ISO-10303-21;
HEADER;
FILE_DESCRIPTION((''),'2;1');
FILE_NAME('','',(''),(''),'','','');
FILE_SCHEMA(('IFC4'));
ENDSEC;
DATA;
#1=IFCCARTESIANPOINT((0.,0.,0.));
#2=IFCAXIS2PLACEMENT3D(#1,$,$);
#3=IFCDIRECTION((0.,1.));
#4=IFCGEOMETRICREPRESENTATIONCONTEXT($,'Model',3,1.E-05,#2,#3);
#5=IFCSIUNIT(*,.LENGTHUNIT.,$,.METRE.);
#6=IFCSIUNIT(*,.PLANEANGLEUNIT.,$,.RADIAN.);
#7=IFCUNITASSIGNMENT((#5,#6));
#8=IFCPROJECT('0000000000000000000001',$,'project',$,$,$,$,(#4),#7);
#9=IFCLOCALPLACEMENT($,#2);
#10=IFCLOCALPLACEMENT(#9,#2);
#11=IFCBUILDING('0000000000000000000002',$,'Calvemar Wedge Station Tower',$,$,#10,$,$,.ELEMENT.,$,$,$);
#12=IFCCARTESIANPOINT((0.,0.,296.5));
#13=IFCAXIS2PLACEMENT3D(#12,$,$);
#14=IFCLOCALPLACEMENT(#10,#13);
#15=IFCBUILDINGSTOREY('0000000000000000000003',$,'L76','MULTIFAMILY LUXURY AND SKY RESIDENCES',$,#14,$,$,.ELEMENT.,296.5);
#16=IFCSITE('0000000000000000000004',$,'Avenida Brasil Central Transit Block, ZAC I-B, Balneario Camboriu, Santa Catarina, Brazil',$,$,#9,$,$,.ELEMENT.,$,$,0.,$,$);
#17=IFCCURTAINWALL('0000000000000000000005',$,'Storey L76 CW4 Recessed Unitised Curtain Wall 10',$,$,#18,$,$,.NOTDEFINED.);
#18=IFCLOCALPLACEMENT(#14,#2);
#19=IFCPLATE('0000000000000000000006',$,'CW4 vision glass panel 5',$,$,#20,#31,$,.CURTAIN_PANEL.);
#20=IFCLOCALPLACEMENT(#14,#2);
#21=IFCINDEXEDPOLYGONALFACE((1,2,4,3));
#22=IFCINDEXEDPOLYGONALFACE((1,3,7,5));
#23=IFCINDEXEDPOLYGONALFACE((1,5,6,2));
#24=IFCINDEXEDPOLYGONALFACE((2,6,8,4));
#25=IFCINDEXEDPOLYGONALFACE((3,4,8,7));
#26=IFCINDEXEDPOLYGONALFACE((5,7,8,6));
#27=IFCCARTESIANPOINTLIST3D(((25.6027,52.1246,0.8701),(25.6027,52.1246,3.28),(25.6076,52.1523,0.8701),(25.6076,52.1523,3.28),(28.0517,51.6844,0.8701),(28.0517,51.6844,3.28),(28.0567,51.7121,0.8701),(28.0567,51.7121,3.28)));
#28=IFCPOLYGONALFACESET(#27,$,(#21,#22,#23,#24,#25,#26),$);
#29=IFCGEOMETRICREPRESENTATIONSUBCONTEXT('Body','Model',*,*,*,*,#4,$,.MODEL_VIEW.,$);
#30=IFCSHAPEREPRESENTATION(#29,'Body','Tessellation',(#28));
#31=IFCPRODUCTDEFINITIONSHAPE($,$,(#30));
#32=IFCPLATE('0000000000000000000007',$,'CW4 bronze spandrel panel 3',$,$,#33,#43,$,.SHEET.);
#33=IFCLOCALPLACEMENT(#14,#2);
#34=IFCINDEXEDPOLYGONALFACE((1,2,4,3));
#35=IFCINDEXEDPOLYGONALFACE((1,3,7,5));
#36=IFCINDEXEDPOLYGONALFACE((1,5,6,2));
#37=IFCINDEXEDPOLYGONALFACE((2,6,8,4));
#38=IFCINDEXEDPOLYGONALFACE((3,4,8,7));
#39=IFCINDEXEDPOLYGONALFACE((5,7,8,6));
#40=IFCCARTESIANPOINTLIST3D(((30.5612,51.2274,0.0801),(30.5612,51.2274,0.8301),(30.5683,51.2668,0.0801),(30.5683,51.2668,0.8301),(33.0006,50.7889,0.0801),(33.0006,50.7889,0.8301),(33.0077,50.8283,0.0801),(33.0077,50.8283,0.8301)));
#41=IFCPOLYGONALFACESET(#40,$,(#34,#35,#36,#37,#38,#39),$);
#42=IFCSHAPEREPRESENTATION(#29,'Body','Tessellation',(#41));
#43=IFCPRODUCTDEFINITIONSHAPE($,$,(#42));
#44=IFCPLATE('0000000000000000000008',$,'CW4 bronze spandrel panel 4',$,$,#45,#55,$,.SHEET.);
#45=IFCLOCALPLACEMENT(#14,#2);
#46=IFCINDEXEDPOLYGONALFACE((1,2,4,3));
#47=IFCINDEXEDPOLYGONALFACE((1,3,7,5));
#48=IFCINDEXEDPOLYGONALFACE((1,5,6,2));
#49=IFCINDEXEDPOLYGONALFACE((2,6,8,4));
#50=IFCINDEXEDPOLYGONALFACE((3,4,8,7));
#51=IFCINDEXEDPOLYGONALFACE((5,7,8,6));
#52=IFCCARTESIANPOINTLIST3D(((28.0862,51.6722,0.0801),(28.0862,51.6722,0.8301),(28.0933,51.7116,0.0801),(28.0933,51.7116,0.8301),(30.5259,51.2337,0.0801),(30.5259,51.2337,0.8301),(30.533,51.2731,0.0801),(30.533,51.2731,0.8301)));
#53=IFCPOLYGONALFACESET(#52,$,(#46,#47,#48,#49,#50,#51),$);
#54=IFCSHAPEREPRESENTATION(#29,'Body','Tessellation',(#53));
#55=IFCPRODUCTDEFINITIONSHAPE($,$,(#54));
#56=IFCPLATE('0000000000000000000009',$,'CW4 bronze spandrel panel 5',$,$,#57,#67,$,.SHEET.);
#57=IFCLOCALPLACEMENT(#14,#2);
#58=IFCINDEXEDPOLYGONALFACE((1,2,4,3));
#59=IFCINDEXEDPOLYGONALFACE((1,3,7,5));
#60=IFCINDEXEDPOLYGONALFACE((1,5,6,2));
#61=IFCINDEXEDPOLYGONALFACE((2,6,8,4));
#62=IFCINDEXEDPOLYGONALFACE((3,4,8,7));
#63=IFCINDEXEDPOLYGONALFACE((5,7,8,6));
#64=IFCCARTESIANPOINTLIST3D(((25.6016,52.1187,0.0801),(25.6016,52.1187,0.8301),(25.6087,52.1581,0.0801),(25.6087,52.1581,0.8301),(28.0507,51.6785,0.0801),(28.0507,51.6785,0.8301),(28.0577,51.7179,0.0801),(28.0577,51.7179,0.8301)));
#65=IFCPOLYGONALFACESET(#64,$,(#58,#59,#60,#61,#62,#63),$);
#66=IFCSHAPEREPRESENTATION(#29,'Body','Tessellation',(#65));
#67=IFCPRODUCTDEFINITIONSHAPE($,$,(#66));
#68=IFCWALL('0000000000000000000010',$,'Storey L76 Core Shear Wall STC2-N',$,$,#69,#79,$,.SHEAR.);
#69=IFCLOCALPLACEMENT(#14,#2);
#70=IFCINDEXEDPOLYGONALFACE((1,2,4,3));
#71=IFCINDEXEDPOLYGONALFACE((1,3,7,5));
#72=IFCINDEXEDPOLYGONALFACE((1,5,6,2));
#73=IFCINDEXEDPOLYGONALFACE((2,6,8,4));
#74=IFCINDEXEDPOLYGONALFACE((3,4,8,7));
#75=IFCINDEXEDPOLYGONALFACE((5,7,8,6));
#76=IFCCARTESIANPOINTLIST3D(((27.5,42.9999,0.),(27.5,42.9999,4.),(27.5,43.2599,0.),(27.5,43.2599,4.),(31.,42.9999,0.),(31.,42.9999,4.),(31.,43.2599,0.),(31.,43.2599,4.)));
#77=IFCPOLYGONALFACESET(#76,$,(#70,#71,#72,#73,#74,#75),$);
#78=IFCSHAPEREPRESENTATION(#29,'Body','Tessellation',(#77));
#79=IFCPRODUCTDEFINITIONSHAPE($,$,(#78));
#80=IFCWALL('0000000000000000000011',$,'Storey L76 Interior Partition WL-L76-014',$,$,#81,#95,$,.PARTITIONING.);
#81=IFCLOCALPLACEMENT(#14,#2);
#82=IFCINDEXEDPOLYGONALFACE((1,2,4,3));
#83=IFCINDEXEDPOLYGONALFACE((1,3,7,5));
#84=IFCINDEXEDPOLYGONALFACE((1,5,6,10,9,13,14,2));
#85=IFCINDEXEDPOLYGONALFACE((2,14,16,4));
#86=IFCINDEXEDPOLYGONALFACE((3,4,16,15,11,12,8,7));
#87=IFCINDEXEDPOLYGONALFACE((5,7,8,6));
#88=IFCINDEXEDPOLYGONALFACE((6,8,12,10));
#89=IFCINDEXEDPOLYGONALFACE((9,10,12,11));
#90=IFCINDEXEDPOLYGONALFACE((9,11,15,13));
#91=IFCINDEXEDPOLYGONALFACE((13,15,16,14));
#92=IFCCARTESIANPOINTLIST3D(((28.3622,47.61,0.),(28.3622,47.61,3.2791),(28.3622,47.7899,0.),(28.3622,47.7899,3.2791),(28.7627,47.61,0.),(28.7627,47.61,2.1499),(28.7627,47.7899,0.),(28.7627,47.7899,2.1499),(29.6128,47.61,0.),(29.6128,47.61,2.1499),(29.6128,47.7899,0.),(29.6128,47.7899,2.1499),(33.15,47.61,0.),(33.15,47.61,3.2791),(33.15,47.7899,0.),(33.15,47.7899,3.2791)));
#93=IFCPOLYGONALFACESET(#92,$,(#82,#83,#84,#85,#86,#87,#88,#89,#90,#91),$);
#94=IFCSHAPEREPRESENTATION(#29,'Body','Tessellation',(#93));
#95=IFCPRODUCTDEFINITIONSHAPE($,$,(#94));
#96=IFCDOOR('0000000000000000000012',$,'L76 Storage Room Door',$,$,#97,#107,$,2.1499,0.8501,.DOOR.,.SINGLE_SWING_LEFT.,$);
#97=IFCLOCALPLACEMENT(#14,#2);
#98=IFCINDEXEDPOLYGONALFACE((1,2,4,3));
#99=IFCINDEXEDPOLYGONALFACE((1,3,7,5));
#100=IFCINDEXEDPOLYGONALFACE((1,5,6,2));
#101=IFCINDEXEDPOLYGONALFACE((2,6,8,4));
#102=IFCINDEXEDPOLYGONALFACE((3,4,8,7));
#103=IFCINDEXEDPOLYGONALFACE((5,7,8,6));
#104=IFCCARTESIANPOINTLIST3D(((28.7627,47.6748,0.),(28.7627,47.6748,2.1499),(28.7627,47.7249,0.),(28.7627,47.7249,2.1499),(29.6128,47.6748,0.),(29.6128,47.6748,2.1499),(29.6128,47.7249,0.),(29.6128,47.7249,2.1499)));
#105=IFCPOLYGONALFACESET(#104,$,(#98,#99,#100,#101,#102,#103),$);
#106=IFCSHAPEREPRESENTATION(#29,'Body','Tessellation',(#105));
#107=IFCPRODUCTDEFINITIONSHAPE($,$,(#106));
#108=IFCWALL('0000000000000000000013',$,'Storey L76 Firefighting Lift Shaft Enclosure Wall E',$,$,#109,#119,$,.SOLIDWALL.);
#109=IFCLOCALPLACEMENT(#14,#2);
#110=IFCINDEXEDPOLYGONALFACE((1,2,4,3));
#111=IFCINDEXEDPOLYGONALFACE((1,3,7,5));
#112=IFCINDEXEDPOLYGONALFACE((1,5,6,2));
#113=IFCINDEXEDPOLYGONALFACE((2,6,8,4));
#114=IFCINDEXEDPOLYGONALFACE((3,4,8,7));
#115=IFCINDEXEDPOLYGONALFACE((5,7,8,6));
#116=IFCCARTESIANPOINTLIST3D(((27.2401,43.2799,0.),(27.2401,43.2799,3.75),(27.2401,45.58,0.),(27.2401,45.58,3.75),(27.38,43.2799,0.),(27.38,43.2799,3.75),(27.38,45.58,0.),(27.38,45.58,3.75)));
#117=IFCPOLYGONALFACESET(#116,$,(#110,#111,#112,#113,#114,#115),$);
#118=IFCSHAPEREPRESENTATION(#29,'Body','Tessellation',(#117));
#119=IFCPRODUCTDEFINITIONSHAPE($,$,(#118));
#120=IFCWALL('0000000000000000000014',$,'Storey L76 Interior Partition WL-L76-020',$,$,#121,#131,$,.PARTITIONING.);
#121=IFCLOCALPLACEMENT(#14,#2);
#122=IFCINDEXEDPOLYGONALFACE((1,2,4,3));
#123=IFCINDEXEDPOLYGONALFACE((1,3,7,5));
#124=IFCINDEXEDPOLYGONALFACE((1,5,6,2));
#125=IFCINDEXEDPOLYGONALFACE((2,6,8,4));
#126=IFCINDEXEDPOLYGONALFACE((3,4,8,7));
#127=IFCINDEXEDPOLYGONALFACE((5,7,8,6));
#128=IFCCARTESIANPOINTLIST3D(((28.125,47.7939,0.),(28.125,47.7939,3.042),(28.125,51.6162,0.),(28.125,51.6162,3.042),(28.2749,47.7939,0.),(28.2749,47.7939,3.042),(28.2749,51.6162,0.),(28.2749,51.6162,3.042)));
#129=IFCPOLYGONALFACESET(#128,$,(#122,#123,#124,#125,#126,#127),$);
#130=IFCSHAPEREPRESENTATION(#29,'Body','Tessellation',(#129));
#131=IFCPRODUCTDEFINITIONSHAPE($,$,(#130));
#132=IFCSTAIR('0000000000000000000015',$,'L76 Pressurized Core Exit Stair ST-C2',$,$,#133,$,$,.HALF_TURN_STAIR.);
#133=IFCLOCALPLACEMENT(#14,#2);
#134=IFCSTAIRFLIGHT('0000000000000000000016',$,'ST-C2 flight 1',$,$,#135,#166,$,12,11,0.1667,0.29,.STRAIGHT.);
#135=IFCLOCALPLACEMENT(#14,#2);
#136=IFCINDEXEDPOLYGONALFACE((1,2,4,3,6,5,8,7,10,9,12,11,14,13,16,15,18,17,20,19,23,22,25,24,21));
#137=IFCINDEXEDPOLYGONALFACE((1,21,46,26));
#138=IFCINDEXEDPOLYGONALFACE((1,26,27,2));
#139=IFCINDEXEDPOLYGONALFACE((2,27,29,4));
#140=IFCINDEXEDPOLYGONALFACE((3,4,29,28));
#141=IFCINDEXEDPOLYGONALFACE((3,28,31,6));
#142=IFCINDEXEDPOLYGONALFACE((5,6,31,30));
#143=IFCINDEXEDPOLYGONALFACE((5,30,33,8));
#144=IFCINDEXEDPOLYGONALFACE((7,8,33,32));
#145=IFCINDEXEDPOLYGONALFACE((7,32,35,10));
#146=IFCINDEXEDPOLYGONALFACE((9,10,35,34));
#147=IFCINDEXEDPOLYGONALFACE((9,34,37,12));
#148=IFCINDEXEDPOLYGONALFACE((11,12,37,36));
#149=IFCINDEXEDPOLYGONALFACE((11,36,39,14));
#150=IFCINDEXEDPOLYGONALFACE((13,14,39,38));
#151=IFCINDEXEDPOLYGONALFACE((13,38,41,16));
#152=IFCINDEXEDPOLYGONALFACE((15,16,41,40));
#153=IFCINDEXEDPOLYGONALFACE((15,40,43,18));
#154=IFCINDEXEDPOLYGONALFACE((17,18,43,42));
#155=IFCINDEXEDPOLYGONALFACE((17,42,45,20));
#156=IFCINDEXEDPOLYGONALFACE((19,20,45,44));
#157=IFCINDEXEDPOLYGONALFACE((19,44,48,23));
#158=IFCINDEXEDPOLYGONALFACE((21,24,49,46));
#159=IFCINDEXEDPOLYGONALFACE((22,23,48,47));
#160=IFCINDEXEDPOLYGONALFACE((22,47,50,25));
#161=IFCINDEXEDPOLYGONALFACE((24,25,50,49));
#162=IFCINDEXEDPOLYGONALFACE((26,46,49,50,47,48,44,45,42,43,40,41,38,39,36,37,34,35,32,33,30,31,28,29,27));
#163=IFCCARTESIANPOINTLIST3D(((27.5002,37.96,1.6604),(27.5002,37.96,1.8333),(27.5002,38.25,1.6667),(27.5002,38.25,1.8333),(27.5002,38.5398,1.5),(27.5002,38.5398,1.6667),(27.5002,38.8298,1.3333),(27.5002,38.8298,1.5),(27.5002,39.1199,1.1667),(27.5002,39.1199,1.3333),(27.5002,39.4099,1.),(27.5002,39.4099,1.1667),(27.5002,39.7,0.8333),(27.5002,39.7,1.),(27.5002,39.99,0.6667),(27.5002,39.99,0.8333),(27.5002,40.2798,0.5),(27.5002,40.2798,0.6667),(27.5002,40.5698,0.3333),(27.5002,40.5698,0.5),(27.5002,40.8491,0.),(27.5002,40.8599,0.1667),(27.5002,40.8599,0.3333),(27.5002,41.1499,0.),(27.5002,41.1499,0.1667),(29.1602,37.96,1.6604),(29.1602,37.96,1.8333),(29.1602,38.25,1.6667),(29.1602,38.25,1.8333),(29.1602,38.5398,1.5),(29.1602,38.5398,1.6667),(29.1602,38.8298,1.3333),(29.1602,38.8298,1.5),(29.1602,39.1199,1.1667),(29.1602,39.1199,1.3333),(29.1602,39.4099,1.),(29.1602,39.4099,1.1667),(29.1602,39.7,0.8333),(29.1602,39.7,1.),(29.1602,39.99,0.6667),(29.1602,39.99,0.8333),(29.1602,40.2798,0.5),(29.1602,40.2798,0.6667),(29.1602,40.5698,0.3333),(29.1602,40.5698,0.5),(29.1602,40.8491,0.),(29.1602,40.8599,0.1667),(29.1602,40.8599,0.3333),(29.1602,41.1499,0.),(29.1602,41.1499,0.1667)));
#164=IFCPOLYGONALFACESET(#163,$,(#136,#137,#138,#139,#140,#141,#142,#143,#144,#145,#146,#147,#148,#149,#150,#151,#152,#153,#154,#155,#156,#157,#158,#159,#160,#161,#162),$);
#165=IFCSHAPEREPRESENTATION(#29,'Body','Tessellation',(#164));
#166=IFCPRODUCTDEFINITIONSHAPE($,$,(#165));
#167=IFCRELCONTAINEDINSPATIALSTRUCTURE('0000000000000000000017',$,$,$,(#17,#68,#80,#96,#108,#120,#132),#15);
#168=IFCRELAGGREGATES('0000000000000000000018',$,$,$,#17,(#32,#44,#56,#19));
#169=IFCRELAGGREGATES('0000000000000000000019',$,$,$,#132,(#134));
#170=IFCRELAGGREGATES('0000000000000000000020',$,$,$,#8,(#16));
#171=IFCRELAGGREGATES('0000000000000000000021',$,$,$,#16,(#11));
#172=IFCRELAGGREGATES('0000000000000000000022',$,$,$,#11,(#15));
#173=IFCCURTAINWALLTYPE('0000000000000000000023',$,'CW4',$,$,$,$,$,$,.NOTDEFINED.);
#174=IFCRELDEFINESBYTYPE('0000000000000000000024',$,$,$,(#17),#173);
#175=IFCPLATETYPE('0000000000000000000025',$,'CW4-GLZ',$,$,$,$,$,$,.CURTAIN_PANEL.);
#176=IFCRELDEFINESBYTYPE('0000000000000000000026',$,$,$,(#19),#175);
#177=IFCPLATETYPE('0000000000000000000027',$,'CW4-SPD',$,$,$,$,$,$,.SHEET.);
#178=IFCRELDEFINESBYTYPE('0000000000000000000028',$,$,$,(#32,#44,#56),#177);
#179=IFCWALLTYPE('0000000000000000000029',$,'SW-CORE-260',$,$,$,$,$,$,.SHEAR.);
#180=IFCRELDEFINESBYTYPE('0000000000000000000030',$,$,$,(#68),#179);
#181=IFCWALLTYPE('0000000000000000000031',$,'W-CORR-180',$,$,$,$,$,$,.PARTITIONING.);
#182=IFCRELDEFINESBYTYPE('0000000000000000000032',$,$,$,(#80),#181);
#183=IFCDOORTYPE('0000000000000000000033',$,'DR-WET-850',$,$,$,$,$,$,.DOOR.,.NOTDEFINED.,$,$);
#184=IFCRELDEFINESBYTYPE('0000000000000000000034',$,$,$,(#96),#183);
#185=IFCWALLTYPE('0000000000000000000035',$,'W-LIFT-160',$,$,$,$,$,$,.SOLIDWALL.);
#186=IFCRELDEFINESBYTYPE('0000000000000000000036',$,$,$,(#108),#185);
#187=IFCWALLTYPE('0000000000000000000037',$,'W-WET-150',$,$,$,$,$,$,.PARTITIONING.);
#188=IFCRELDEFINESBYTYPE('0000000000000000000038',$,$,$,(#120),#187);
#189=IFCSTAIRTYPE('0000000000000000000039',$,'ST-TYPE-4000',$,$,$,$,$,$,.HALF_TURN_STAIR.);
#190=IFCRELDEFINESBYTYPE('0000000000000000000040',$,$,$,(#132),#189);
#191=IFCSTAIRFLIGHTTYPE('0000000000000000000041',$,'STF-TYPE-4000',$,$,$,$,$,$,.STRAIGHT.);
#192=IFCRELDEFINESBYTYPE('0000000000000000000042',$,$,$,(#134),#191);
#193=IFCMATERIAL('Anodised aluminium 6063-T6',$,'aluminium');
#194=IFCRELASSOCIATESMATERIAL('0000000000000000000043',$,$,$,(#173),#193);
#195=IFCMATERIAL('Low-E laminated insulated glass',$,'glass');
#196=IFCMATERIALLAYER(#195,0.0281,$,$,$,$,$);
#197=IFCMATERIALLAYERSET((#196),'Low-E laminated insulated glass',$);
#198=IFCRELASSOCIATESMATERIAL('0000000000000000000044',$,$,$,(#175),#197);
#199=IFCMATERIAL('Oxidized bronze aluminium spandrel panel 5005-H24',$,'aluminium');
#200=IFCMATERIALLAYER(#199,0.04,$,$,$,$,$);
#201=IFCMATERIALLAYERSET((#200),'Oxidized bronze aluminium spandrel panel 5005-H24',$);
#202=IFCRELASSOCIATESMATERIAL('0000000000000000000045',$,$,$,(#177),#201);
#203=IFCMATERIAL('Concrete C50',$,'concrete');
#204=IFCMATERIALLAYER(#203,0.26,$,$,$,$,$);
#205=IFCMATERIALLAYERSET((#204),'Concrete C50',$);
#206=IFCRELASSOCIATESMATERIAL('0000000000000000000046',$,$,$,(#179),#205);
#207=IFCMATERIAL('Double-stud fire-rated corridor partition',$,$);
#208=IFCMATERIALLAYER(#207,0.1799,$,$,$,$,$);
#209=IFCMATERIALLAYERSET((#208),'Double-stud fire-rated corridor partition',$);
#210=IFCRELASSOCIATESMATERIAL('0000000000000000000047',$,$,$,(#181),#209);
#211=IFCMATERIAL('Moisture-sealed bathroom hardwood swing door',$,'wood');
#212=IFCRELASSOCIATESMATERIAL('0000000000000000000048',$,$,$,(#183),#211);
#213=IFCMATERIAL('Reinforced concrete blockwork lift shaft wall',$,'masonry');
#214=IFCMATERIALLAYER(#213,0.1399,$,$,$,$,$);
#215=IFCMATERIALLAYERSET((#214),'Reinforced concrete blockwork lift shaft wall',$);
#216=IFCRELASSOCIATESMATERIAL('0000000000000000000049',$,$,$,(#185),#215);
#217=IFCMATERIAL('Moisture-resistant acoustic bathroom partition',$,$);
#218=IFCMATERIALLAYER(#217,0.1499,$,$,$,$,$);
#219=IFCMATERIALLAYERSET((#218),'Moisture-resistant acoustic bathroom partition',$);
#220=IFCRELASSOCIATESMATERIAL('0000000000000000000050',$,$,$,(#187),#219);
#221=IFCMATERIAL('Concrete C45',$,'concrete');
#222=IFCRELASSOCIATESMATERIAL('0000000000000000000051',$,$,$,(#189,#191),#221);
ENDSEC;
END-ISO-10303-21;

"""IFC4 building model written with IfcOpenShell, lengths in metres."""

from ifc_helpers import new_model, si_unit, direction, frame, frame_2d, origin, place, context, subcontext, project, spatial, polyline, rectangle, outline, extrude, source, transform, mapped, material, layer, layer_set, type_object, element, fill, aggregate, save


model = new_model("IFC4")

# Units and contexts
model_context = context("Model", 3, precision=1e-05, world=origin(), true_north=direction((0.0, 1.0)))
body_context = subcontext(model_context, "Body", "Model", "MODEL_VIEW")
ifc_project = project(units=[si_unit("LENGTHUNIT", "METRE"), si_unit("PLANEANGLEUNIT", "RADIAN")], contexts=[model_context])

# Site, building, storey
site_placement = place(None, origin())
site = spatial("IfcSite", under=ifc_project, at=site_placement, Name="Avenida Brasil Central Transit Block, ZAC I-B, Balneario Camboriu, Santa Catarina, Brazil", CompositionType="ELEMENT", RefElevation=0.0)
building_placement = place(site_placement, origin())
building = spatial("IfcBuilding", under=site, at=building_placement, Name="Calvemar Wedge Station Tower", CompositionType="ELEMENT")
storey_placement = place(building_placement, frame((0.0, 0.0, 296.5)))
storey = spatial("IfcBuildingStorey", under=building, at=storey_placement, Name="L76", Description="MULTIFAMILY LUXURY AND SKY RESIDENCES", CompositionType="ELEMENT", Elevation=296.5)

# Shared definitions
ifc_material_1 = material(Name="Concrete C50", Category="concrete")

# Curtain wall, plates
ifc_material_2 = material(Name="Anodised aluminium 6063-T6", Category="aluminium")
curtain_wall_type = type_object("IfcCurtainWallType", Name="CW4", PredefinedType="NOTDEFINED", material=ifc_material_2)
curtain_wall_placement = place(storey_placement, origin())
curtain_wall = element("IfcCurtainWall", 1, at=curtain_wall_placement, inside=storey, type_object=curtain_wall_type, Name="Storey L76 CW4 Recessed Unitised Curtain Wall 10", PredefinedType="NOTDEFINED")
ifc_material_3 = material(Name="Low-E laminated insulated glass", Category="glass")
ifc_layer_1 = layer(ifc_material_3, 0.0281)
ifc_layer_set_1 = layer_set([ifc_layer_1], Name="Low-E laminated insulated glass")
plate_type_1 = type_object("IfcPlateType", Name="CW4-GLZ", PredefinedType="CURTAIN_PANEL", material=ifc_layer_set_1)
plate_1_placement = place(storey_placement, frame((28.0542, 51.6982, 0.8701), z_axis=(0.0, 0.0, 1.0), x_axis=(-0.984227, 0.176908, 0.0)))
plate_1 = element("IfcPlate", 2, at=plate_1_placement, type_object=plate_type_1, Name="CW4 vision glass panel 5", PredefinedType="CURTAIN_PANEL", context=body_context, shape_type="SweptSolid", body=[
    extrude(rectangle(XDim=2.4883, YDim=0.0281, at=frame_2d((1.2441, 0.0))), origin(), (0.0, 0.0, 1.0), 2.4099),
])
ifc_material_4 = material(Name="Oxidized bronze aluminium spandrel panel 5005-H24", Category="aluminium")
ifc_layer_2 = layer(ifc_material_4, 0.04)
ifc_layer_set_2 = layer_set([ifc_layer_2], Name="Oxidized bronze aluminium spandrel panel 5005-H24")
plate_type_2 = type_object("IfcPlateType", Name="CW4-SPD", PredefinedType="SHEET", material=ifc_layer_set_2)
plate_2_placement = place(storey_placement, frame((33.0042, 50.8086, 0.0801), z_axis=(0.0, 0.0, 1.0), x_axis=(-0.984227, 0.176909, 0.0)))
plate_2 = element("IfcPlate", 3, at=plate_2_placement, type_object=plate_type_2, Name="CW4 bronze spandrel panel 3", PredefinedType="SHEET", context=body_context, shape_type="SweptSolid", body=[
    extrude(rectangle(XDim=2.4785, YDim=0.04, at=frame_2d((1.2393, 0.0))), origin(), (0.0, 0.0, 1.0), 0.75),
])
plate_3_placement = place(storey_placement, frame((30.5293, 51.2534, 0.0801), z_axis=(0.0, 0.0, 1.0), x_axis=(-0.98423, 0.176892, 0.0)))
plate_3 = element("IfcPlate", 4, at=plate_3_placement, type_object=plate_type_2, Name="CW4 bronze spandrel panel 4", PredefinedType="SHEET", context=body_context, shape_type="SweptSolid", body=[
    extrude(rectangle(XDim=2.4788, YDim=0.04, at=frame_2d((1.2393, 0.0))), origin(), (0.0, 0.0, 1.0), 0.75),
])
plate_4_placement = place(storey_placement, frame((28.0542, 51.6982, 0.0801), z_axis=(0.0, 0.0, 1.0), x_axis=(-0.984227, 0.176908, 0.0)))
plate_4 = element("IfcPlate", 5, at=plate_4_placement, type_object=plate_type_2, Name="CW4 bronze spandrel panel 5", PredefinedType="SHEET", context=body_context, shape_type="SweptSolid", body=[
    extrude(rectangle(XDim=2.4883, YDim=0.04, at=frame_2d((1.2441, 0.0))), origin(), (0.0, 0.0, 1.0), 0.75),
])
aggregate(curtain_wall, [plate_2, plate_3, plate_4, plate_1])

# Wall
ifc_layer_3 = layer(ifc_material_1, 0.26)
ifc_layer_set_3 = layer_set([ifc_layer_3], Name="Concrete C50")
wall_type_1 = type_object("IfcWallType", Name="SW-CORE-260", PredefinedType="SHEAR", material=ifc_layer_set_3)
wall_1_placement = place(storey_placement, frame((27.5, 43.1299, 0.0), z_axis=(0.0, 0.0, 1.0), x_axis=(1.0, 0.0, 0.0)))
element("IfcWall", 6, at=wall_1_placement, inside=storey, type_object=wall_type_1, Name="Storey L76 Core Shear Wall STC2-N", PredefinedType="SHEAR", context=body_context, shape_type="SweptSolid", body=[
    extrude(rectangle(XDim=3.5, YDim=0.26, at=frame_2d((1.75, 0.0))), origin(), (0.0, 0.0, 1.0), 4.0),
])

# Wall, opening, door
ifc_material_5 = material(Name="Double-stud fire-rated corridor partition")
ifc_layer_4 = layer(ifc_material_5, 0.1799)
ifc_layer_set_4 = layer_set([ifc_layer_4], Name="Double-stud fire-rated corridor partition")
wall_type_2 = type_object("IfcWallType", Name="W-CORR-180", PredefinedType="PARTITIONING", material=ifc_layer_set_4)
wall_2_placement = place(storey_placement, frame((28.3621, 47.7, 0.0), z_axis=(0.0, 0.0, 1.0), x_axis=(1.0, 0.0, 0.0)))
wall_2 = element("IfcWall", 7, at=wall_2_placement, inside=storey, type_object=wall_type_2, Name="Storey L76 Interior Partition WL-L76-014", PredefinedType="PARTITIONING", context=body_context, shape_type="SweptSolid", body=[
    extrude(rectangle(XDim=4.7878, YDim=0.1799, at=frame_2d((2.394, 0.0))), origin(), (0.0, 0.0, 1.0), 3.2791),
])
shared_shape_1 = source(origin(), body_context, "Body", "SweptSolid", [
    extrude(rectangle(XDim=0.8501, YDim=2.1499, at=frame_2d((0.425, 1.075))), frame((0.0, 0.1001, 0.0), z_axis=(0.0, -1.0, 0.0), x_axis=(1.0, 0.0, 0.0)), (0.0, 0.0, 1.0), 0.2),
])
opening_placement = place(wall_2_placement, frame((0.4006, 0.0, 0.0)))
opening = element("IfcOpeningElement", 8, at=opening_placement, cuts=wall_2, PredefinedType="OPENING", context=body_context, shape_type="MappedRepresentation", body=[
    mapped(shared_shape_1, transform((0.0, 0.0, 0.0), scale=1.0)),
])
ifc_material_6 = material(Name="Moisture-sealed bathroom hardwood swing door", Category="wood")
door_type = type_object("IfcDoorType", Name="DR-WET-850", OperationType="NOTDEFINED", PredefinedType="DOOR", material=ifc_material_6)
shared_shape_2 = source(origin(), body_context, "Body", "SweptSolid", [
    extrude(rectangle(XDim=0.8501, YDim=2.1499, at=frame_2d((0.425, 1.075))), frame((0.0, 0.0249, 0.0), z_axis=(0.0, -1.0, 0.0), x_axis=(1.0, 0.0, 0.0)), (0.0, 0.0, 1.0), 0.05),
])
door_placement = place(opening_placement, origin())
door = element("IfcDoor", 9, at=door_placement, inside=storey, type_object=door_type, Name="L76 Storage Room Door", OperationType="SINGLE_SWING_LEFT", OverallHeight=2.1499, OverallWidth=0.8501, PredefinedType="DOOR", context=body_context, shape_type="MappedRepresentation", body=[
    mapped(shared_shape_2, transform((0.0, 0.0, 0.0), scale=1.0)),
])
fill(opening, door)

# Walls
ifc_material_7 = material(Name="Reinforced concrete blockwork lift shaft wall", Category="masonry")
ifc_layer_5 = layer(ifc_material_7, 0.1399)
ifc_layer_set_5 = layer_set([ifc_layer_5], Name="Reinforced concrete blockwork lift shaft wall")
wall_type_3 = type_object("IfcWallType", Name="W-LIFT-160", PredefinedType="SOLIDWALL", material=ifc_layer_set_5)
wall_3_placement = place(storey_placement, frame((27.3101, 43.28, 0.0), z_axis=(0.0, 0.0, 1.0), x_axis=(0.0, 1.0, 0.0)))
element("IfcWall", 10, at=wall_3_placement, inside=storey, type_object=wall_type_3, Name="Storey L76 Firefighting Lift Shaft Enclosure Wall E", PredefinedType="SOLIDWALL", context=body_context, shape_type="SweptSolid", body=[
    extrude(rectangle(XDim=2.3, YDim=0.1399, at=frame_2d((1.1499, 0.0))), origin(), (0.0, 0.0, 1.0), 3.75),
])
ifc_material_8 = material(Name="Moisture-resistant acoustic bathroom partition")
ifc_layer_6 = layer(ifc_material_8, 0.1499)
ifc_layer_set_6 = layer_set([ifc_layer_6], Name="Moisture-resistant acoustic bathroom partition")
wall_type_4 = type_object("IfcWallType", Name="W-WET-150", PredefinedType="PARTITIONING", material=ifc_layer_set_6)
wall_4_placement = place(storey_placement, frame((28.2, 51.6162, 0.0), z_axis=(0.0, 0.0, 1.0), x_axis=(0.0, -1.0, 0.0)))
element("IfcWall", 11, at=wall_4_placement, inside=storey, type_object=wall_type_4, Name="Storey L76 Interior Partition WL-L76-020", PredefinedType="PARTITIONING", context=body_context, shape_type="SweptSolid", body=[
    extrude(rectangle(XDim=3.8223, YDim=0.1499, at=frame_2d((1.9111, 0.0))), origin(), (0.0, 0.0, 1.0), 3.042),
])

# Stair, stair flight
ifc_material_9 = material(Name="Concrete C45", Category="concrete")
stair_type = type_object("IfcStairType", Name="ST-TYPE-4000", PredefinedType="HALF_TURN_STAIR", material=ifc_material_9)
stair_placement = place(storey_placement, origin())
stair = element("IfcStair", 12, at=stair_placement, inside=storey, type_object=stair_type, Name="L76 Pressurized Core Exit Stair ST-C2", PredefinedType="HALF_TURN_STAIR")
stair_flight_type = type_object("IfcStairFlightType", Name="STF-TYPE-4000", PredefinedType="STRAIGHT", material=ifc_material_9)
stair_flight_placement = place(storey_placement, frame((28.3301, 41.1499, 0.0), z_axis=(0.0, 0.0, 1.0), x_axis=(0.0, -1.0, 0.0)))
stair_flight = element("IfcStairFlight", 13, at=stair_flight_placement, type_object=stair_flight_type, Name="ST-C2 flight 1", NumberOfRisers=12, NumberOfTreads=11, PredefinedType="STRAIGHT", RiserHeight=0.1667, TreadLength=0.29, context=body_context, shape_type="SweptSolid", body=[
    extrude(outline(polyline([(0.0, 0.0), (0.0, 0.1667), (0.29, 0.1667), (0.29, 0.3333), (0.5801, 0.3333), (0.5801, 0.5), (0.8701, 0.5), (0.8701, 0.6667), (1.1599, 0.6667), (1.1599, 0.8333), (1.45, 0.8333), (1.45, 1.0), (1.74, 1.0), (1.74, 1.1667), (2.03, 1.1667), (2.03, 1.3333), (2.3201, 1.3333), (2.3201, 1.5), (2.6101, 1.5), (2.6101, 1.6667), (2.8999, 1.6667), (2.8999, 1.8333), (3.1899, 1.8333), (3.1899, 2.0), (3.1899, 1.6604), (0.3008, 0.0), (0.0, 0.0)])), frame((0.0, 0.8301, 0.0), z_axis=(0.0, -1.0, 0.0), x_axis=(1.0, 0.0, 0.0)), (0.0, 0.0, 1.0), 1.6599),
])
aggregate(stair, [stair_flight])

save(model, "model.ifc")
